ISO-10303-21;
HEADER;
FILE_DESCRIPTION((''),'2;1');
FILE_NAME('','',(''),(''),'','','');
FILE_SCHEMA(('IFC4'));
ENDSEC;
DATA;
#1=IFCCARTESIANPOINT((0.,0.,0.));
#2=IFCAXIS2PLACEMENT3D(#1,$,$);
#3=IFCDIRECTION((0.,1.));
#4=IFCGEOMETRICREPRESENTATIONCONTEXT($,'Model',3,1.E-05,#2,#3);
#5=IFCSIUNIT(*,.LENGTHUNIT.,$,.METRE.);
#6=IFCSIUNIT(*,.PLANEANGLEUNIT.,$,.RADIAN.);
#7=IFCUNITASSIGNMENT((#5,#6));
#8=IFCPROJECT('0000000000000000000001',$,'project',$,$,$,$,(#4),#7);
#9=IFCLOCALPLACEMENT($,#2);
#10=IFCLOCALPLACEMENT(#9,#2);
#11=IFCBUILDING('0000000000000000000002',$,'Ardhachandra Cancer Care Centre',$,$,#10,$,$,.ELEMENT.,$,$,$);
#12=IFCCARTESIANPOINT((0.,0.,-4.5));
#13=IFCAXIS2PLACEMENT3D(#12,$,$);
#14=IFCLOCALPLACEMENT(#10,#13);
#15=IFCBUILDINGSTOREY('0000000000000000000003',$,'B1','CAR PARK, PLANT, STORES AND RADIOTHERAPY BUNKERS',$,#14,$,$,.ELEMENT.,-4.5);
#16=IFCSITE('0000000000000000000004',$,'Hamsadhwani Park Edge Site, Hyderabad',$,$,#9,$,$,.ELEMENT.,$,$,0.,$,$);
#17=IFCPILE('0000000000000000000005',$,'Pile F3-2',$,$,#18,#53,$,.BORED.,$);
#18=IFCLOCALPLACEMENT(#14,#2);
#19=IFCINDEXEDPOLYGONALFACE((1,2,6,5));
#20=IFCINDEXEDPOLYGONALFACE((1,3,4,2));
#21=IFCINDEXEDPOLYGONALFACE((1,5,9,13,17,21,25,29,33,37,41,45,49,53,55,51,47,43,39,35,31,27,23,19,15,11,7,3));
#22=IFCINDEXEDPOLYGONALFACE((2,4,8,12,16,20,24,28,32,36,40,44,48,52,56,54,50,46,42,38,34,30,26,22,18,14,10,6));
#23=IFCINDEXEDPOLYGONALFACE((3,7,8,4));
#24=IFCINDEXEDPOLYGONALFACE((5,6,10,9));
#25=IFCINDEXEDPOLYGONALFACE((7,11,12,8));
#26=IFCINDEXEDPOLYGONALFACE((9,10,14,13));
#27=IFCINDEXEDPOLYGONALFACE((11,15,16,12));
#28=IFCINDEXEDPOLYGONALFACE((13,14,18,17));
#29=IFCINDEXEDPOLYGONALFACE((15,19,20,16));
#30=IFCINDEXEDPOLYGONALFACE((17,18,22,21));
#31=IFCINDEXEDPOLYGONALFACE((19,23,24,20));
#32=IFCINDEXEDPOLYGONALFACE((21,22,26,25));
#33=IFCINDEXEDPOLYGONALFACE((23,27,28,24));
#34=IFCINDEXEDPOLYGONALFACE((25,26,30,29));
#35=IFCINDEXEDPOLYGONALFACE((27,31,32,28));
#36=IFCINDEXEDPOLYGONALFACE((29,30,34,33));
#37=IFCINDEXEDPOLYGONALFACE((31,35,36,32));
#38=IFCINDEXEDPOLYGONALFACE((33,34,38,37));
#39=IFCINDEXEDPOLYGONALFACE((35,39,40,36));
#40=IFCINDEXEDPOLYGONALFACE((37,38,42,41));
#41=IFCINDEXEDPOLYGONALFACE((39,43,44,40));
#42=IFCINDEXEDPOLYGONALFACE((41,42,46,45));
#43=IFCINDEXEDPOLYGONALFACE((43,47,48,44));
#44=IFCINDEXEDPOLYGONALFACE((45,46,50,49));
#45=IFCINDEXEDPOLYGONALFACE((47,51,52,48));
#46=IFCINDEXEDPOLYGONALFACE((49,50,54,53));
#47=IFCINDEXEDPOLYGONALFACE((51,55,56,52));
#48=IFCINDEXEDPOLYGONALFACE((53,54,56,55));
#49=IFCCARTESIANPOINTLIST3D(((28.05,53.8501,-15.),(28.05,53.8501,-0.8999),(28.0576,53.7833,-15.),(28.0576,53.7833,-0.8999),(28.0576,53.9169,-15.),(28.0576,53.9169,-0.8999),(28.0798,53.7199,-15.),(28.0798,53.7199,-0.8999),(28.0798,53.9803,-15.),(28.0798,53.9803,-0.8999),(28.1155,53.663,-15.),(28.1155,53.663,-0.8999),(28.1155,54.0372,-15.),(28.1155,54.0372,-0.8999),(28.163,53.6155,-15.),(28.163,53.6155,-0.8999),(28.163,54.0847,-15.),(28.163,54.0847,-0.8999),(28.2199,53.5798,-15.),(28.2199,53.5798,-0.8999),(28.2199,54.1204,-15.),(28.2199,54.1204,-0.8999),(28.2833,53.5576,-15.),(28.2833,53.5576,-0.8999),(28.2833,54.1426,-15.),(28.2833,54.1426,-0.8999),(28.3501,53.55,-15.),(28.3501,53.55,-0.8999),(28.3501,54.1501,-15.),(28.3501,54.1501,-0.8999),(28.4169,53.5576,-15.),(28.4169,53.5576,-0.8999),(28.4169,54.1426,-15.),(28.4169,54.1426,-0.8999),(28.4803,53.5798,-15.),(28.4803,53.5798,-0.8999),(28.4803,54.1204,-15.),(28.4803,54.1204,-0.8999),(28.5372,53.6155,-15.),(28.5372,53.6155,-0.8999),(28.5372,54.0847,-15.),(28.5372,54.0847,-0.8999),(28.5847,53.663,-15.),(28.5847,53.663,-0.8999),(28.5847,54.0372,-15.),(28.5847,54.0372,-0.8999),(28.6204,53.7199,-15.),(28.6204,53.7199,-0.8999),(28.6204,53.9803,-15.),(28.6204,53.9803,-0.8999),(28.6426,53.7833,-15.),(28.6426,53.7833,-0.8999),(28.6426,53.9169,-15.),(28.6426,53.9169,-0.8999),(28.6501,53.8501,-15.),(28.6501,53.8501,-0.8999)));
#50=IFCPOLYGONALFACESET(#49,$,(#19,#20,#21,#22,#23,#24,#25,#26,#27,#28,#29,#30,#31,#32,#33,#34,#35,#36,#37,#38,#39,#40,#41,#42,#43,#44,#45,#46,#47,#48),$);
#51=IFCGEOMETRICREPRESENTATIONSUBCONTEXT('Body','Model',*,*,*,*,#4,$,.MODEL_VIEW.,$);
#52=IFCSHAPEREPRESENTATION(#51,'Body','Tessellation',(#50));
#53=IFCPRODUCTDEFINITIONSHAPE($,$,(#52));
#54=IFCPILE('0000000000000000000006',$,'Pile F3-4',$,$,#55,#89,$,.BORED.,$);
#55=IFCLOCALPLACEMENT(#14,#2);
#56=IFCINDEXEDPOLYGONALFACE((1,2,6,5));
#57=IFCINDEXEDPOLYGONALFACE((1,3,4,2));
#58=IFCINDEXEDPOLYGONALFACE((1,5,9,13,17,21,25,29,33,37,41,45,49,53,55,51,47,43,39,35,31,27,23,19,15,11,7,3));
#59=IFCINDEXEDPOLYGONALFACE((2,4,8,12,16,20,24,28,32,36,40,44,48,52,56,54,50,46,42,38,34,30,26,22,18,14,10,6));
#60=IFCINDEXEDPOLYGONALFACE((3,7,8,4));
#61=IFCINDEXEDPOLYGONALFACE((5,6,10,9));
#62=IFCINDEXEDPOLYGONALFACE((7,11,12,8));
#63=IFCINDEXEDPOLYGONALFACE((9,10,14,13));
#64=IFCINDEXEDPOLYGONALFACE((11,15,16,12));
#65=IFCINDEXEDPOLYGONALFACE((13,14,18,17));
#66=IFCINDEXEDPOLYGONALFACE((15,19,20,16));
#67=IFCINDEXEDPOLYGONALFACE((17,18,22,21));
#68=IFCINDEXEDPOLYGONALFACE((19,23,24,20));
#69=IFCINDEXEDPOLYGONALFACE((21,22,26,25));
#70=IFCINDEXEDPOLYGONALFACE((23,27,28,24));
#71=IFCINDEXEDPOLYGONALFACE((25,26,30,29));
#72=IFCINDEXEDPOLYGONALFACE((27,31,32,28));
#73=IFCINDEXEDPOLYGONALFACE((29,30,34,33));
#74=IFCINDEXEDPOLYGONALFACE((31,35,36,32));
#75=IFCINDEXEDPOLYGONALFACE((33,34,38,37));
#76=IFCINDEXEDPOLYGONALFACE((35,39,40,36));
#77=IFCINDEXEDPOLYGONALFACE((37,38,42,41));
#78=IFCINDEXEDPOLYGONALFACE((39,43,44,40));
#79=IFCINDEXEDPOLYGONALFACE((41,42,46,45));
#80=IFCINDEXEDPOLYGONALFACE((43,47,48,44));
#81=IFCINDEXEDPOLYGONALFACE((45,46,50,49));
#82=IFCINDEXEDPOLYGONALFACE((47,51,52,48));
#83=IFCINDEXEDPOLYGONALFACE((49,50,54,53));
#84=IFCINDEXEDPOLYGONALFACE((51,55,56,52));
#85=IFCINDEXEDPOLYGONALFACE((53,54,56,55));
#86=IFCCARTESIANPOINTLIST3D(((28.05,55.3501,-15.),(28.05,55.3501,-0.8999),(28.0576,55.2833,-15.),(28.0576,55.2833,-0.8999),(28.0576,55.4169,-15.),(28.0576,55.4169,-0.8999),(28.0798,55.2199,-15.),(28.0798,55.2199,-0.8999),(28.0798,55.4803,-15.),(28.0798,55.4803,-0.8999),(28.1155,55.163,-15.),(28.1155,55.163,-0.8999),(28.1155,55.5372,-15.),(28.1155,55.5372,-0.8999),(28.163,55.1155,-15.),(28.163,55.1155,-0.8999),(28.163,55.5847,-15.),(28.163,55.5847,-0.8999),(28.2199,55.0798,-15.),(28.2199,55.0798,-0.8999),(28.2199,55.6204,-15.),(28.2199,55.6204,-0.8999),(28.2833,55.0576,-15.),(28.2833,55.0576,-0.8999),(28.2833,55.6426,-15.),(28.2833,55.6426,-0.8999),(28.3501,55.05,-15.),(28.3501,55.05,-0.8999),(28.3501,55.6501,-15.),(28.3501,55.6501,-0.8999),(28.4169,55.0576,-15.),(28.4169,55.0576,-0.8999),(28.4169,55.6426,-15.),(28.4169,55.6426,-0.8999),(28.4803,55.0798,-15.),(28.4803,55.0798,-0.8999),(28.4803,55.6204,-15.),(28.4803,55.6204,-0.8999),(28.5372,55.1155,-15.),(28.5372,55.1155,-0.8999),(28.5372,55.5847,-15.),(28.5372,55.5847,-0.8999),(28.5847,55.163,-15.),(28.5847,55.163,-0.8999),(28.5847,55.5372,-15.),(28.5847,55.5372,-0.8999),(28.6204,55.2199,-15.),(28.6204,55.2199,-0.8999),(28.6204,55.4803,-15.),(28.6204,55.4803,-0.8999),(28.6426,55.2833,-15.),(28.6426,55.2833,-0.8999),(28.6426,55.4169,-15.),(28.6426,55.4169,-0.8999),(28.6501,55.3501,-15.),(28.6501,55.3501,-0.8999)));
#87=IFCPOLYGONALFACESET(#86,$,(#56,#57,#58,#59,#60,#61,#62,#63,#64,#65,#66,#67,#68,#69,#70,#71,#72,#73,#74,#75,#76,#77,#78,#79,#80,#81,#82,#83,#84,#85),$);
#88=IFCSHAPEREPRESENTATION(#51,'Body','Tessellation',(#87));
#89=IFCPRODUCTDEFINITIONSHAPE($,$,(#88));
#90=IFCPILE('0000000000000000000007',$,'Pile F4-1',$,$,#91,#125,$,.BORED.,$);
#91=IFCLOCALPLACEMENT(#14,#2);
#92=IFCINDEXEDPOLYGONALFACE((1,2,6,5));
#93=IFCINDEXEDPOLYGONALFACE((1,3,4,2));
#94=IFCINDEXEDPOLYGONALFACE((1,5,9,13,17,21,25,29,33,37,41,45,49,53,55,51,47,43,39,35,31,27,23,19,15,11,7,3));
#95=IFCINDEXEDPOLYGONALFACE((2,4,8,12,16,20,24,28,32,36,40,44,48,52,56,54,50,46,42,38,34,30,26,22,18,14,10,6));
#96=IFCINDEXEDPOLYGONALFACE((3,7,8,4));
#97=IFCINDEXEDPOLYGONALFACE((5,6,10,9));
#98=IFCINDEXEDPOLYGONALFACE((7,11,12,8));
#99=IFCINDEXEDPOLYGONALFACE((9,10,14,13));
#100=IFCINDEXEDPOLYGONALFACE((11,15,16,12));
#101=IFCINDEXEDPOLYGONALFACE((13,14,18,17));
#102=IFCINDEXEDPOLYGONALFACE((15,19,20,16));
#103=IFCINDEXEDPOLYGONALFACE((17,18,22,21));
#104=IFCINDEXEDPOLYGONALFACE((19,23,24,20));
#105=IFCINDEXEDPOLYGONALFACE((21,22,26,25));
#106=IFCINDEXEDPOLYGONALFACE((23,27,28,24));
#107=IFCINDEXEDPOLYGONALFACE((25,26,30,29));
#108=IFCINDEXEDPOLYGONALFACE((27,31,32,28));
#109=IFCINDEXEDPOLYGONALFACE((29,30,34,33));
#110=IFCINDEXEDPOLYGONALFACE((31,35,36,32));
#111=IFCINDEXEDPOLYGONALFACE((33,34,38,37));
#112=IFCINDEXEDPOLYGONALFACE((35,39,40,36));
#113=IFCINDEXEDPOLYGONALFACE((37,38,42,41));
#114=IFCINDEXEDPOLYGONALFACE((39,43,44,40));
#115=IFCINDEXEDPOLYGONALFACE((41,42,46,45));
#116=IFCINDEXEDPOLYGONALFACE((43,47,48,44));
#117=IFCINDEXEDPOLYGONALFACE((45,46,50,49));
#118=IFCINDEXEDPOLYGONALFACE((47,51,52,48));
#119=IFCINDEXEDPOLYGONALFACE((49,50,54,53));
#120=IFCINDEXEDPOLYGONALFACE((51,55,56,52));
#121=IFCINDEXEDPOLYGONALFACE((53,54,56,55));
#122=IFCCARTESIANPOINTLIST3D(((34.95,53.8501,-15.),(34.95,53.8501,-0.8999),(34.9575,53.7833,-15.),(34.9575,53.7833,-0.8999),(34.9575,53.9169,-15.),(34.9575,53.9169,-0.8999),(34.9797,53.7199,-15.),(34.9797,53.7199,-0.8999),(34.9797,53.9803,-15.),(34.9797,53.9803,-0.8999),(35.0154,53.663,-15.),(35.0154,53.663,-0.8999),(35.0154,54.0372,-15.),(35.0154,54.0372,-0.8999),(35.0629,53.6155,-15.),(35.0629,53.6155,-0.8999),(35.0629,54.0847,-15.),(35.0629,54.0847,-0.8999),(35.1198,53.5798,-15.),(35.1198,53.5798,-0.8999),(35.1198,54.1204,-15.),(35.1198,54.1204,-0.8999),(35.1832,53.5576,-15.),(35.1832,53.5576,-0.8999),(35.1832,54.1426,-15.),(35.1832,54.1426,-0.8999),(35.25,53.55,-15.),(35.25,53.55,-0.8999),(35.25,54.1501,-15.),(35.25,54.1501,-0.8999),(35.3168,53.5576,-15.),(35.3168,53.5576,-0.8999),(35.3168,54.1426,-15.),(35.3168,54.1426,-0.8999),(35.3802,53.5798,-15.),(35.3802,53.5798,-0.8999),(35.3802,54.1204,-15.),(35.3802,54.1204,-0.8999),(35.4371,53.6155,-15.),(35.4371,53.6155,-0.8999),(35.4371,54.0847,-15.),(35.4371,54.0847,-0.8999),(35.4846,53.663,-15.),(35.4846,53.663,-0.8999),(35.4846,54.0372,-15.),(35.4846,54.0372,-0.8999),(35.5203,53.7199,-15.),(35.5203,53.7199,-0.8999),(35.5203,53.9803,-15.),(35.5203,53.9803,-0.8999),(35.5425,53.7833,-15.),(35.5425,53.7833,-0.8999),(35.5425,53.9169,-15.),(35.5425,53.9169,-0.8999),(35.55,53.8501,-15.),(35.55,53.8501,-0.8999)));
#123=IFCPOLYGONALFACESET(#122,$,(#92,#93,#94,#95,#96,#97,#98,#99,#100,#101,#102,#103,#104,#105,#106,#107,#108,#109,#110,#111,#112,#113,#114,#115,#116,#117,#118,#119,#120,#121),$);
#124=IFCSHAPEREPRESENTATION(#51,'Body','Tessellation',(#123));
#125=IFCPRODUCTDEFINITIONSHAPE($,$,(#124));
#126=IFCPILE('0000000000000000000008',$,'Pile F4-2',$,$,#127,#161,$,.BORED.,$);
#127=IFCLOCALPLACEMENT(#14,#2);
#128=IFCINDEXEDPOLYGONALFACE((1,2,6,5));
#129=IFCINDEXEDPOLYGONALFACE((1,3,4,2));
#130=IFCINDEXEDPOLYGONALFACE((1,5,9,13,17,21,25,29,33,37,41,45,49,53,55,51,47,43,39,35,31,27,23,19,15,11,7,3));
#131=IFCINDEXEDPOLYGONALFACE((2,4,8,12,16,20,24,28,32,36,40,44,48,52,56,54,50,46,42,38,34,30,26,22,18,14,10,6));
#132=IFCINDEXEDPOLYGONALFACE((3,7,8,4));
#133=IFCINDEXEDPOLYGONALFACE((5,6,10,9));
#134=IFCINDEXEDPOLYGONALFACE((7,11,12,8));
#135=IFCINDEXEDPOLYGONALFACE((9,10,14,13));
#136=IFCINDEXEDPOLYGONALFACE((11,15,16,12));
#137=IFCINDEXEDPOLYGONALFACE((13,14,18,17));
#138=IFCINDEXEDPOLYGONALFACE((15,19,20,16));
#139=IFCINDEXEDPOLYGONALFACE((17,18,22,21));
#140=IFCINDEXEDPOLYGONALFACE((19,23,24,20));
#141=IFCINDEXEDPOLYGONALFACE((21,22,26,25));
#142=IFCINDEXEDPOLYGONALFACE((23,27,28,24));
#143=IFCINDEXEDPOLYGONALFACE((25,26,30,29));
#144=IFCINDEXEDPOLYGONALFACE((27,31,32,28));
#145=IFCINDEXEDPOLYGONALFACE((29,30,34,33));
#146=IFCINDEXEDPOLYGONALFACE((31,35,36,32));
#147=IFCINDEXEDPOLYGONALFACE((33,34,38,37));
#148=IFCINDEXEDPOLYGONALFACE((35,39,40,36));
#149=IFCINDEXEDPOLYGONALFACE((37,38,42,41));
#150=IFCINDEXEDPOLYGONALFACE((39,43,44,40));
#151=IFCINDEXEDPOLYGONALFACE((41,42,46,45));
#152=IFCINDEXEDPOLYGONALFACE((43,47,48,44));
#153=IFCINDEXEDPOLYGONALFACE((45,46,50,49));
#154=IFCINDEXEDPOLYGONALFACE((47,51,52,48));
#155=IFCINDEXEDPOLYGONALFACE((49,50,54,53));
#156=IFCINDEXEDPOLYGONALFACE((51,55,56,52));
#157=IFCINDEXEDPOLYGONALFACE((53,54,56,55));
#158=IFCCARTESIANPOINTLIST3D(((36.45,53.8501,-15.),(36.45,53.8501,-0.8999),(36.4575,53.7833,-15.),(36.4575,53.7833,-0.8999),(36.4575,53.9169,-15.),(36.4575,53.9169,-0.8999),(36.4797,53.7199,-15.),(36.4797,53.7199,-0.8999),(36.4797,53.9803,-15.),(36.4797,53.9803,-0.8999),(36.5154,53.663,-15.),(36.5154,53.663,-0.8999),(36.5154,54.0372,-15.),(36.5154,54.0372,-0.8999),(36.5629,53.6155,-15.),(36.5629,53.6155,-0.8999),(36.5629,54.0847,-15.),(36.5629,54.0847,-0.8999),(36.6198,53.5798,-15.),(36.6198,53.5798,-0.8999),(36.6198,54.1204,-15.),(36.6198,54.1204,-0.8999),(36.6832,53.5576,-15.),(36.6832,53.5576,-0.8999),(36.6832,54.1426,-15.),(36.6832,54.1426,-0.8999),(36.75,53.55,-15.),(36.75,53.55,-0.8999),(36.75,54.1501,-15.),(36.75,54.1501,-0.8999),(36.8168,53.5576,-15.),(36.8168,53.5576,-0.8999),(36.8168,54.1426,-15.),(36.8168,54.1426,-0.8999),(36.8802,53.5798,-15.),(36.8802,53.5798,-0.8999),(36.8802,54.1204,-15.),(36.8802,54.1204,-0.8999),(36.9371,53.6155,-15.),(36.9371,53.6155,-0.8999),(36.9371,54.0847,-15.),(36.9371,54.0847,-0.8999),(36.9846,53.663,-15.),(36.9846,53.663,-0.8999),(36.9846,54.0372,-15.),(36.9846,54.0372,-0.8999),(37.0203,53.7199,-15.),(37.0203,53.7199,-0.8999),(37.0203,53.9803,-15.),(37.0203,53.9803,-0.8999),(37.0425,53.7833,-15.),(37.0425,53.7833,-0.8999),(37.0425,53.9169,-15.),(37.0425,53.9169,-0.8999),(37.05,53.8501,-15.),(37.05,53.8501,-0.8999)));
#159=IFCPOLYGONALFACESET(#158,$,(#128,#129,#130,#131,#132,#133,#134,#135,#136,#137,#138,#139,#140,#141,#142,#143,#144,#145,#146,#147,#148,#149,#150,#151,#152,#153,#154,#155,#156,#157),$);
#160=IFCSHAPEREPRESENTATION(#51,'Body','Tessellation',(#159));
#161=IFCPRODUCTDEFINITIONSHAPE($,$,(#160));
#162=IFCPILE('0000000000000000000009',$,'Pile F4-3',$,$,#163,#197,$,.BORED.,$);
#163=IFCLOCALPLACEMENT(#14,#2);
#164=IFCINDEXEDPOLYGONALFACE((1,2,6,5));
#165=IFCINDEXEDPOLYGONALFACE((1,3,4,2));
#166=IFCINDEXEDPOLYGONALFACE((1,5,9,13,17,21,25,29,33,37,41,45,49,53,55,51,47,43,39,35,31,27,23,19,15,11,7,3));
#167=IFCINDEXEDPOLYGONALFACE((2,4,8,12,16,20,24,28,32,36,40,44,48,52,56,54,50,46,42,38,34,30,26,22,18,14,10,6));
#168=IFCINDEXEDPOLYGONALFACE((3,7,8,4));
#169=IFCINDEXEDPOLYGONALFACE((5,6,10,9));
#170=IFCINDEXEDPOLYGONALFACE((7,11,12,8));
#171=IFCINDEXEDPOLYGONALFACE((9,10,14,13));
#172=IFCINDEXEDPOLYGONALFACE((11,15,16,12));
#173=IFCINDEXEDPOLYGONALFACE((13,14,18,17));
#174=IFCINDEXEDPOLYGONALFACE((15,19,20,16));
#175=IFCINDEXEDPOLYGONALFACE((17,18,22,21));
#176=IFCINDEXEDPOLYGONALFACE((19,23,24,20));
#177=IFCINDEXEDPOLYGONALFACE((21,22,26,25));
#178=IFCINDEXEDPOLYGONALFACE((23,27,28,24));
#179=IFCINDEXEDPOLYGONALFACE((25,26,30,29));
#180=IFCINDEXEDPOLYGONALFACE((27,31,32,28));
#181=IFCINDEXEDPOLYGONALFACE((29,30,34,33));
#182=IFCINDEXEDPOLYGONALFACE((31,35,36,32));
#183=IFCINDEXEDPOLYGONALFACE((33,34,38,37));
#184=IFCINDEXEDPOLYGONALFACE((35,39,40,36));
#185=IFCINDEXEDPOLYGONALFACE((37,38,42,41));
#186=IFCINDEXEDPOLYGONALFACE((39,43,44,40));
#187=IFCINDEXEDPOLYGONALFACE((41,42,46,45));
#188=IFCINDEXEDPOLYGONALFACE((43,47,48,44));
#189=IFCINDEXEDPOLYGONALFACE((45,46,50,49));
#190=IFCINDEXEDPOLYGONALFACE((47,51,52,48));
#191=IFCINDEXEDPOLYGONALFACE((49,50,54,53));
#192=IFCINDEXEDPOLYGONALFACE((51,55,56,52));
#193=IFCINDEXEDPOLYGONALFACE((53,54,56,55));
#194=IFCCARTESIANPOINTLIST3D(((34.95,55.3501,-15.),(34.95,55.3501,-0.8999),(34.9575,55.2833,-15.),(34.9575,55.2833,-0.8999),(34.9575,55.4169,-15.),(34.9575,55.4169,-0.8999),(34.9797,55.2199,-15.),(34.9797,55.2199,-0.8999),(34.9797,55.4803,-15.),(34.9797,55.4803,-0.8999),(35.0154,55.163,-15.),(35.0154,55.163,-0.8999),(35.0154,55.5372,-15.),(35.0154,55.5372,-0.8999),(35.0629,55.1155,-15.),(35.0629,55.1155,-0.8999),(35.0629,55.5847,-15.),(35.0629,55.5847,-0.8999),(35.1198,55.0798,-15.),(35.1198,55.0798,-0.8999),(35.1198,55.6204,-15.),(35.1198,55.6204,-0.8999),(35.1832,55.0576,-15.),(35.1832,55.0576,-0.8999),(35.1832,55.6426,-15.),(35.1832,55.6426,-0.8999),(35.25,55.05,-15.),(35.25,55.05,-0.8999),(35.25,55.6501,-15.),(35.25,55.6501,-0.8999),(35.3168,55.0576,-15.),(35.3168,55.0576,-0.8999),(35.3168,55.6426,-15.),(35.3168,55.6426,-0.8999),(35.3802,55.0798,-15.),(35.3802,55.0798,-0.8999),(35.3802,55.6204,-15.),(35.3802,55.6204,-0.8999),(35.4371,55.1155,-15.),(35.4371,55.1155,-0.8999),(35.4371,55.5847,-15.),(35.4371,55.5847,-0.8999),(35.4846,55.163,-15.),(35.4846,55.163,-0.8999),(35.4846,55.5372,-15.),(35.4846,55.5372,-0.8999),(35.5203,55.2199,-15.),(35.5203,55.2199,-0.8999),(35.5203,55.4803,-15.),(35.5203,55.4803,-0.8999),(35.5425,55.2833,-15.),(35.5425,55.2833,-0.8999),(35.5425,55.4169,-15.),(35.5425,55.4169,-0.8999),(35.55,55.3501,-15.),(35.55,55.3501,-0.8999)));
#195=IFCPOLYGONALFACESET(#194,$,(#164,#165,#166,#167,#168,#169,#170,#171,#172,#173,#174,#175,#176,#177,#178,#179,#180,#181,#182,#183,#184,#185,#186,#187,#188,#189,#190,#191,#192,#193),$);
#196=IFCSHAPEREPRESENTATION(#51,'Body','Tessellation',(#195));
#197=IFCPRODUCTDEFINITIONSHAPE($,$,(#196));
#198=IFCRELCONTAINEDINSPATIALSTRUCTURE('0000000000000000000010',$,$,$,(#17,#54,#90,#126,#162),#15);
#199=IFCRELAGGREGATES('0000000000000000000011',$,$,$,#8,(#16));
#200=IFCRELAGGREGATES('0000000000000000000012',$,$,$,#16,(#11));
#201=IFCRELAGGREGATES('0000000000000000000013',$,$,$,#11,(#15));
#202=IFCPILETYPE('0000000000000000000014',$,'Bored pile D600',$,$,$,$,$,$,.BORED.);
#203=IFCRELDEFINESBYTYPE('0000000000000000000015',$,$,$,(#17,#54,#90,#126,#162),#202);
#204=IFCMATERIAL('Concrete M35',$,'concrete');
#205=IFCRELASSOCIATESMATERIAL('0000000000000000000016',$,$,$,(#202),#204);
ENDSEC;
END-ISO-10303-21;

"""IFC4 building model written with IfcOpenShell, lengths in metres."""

from ifc_helpers import new_model, si_unit, direction, frame, origin, origin_2d, place, context, subcontext, project, spatial, circle, extrude, material, material_profile, profile_set, type_object, element, save


model = new_model("IFC4")

# Units and contexts
model_context = context("Model", 3, precision=1e-05, world=origin(), true_north=direction((0.0, 1.0)))
body_context = subcontext(model_context, "Body", "Model", "MODEL_VIEW")
ifc_project = project(units=[si_unit("LENGTHUNIT", "METRE"), si_unit("PLANEANGLEUNIT", "RADIAN")], contexts=[model_context])

# Site, building, storey
site_placement = place(None, origin())
site = spatial("IfcSite", under=ifc_project, at=site_placement, Name="Hamsadhwani Park Edge Site, Hyderabad", CompositionType="ELEMENT", RefElevation=0.0)
building_placement = place(site_placement, origin())
building = spatial("IfcBuilding", under=site, at=building_placement, Name="Ardhachandra Cancer Care Centre", CompositionType="ELEMENT")
storey_placement = place(building_placement, frame((0.0, 0.0, -4.5)))
storey = spatial("IfcBuildingStorey", under=building, at=storey_placement, Name="B1", Description="CAR PARK, PLANT, STORES AND RADIOTHERAPY BUNKERS", CompositionType="ELEMENT", Elevation=-4.5)

# Piles
ifc_material_1 = material(Name="Concrete M35", Category="concrete")
ifc_material_profile_1 = material_profile(ifc_material_1, circle(Radius=0.3, at=origin_2d()), Name="D600")
ifc_profile_set_1 = profile_set([ifc_material_profile_1], Name="Concrete M35")
pile_type = type_object("IfcPileType", Name="Bored pile D600", PredefinedType="BORED", material=ifc_profile_set_1)
for number, where, z_axis, x_axis, name in (
    (1, (28.3501, 53.8501, -0.8999), (0.0, 0.0, -1.0), (1.0, 0.0, 0.0), "Pile F3-2"),
    (2, (28.3501, 55.3501, -0.8999), (0.0, 0.0, -1.0), (1.0, 0.0, 0.0), "Pile F3-4"),
    (3, (35.25, 53.8501, -0.8999), (0.0, 0.0, -1.0), (1.0, 0.0, 0.0), "Pile F4-1"),
    (4, (36.75, 53.8501, -0.8999), (0.0, 0.0, -1.0), (1.0, 0.0, 0.0), "Pile F4-2"),
    (5, (35.25, 55.3501, -0.8999), (0.0, 0.0, -1.0), (1.0, 0.0, 0.0), "Pile F4-3"),
):
    element("IfcPile", number, at=place(storey_placement, frame(where, z_axis=z_axis, x_axis=x_axis)), inside=storey, type_object=pile_type, Name=name, PredefinedType="BORED", context=body_context, shape_type="SweptSolid", body=[
        extrude(circle(Radius=0.3, at=origin_2d()), origin(), (0.0, 0.0, 1.0), 14.1001),
    ])

save(model, "model.ifc")
